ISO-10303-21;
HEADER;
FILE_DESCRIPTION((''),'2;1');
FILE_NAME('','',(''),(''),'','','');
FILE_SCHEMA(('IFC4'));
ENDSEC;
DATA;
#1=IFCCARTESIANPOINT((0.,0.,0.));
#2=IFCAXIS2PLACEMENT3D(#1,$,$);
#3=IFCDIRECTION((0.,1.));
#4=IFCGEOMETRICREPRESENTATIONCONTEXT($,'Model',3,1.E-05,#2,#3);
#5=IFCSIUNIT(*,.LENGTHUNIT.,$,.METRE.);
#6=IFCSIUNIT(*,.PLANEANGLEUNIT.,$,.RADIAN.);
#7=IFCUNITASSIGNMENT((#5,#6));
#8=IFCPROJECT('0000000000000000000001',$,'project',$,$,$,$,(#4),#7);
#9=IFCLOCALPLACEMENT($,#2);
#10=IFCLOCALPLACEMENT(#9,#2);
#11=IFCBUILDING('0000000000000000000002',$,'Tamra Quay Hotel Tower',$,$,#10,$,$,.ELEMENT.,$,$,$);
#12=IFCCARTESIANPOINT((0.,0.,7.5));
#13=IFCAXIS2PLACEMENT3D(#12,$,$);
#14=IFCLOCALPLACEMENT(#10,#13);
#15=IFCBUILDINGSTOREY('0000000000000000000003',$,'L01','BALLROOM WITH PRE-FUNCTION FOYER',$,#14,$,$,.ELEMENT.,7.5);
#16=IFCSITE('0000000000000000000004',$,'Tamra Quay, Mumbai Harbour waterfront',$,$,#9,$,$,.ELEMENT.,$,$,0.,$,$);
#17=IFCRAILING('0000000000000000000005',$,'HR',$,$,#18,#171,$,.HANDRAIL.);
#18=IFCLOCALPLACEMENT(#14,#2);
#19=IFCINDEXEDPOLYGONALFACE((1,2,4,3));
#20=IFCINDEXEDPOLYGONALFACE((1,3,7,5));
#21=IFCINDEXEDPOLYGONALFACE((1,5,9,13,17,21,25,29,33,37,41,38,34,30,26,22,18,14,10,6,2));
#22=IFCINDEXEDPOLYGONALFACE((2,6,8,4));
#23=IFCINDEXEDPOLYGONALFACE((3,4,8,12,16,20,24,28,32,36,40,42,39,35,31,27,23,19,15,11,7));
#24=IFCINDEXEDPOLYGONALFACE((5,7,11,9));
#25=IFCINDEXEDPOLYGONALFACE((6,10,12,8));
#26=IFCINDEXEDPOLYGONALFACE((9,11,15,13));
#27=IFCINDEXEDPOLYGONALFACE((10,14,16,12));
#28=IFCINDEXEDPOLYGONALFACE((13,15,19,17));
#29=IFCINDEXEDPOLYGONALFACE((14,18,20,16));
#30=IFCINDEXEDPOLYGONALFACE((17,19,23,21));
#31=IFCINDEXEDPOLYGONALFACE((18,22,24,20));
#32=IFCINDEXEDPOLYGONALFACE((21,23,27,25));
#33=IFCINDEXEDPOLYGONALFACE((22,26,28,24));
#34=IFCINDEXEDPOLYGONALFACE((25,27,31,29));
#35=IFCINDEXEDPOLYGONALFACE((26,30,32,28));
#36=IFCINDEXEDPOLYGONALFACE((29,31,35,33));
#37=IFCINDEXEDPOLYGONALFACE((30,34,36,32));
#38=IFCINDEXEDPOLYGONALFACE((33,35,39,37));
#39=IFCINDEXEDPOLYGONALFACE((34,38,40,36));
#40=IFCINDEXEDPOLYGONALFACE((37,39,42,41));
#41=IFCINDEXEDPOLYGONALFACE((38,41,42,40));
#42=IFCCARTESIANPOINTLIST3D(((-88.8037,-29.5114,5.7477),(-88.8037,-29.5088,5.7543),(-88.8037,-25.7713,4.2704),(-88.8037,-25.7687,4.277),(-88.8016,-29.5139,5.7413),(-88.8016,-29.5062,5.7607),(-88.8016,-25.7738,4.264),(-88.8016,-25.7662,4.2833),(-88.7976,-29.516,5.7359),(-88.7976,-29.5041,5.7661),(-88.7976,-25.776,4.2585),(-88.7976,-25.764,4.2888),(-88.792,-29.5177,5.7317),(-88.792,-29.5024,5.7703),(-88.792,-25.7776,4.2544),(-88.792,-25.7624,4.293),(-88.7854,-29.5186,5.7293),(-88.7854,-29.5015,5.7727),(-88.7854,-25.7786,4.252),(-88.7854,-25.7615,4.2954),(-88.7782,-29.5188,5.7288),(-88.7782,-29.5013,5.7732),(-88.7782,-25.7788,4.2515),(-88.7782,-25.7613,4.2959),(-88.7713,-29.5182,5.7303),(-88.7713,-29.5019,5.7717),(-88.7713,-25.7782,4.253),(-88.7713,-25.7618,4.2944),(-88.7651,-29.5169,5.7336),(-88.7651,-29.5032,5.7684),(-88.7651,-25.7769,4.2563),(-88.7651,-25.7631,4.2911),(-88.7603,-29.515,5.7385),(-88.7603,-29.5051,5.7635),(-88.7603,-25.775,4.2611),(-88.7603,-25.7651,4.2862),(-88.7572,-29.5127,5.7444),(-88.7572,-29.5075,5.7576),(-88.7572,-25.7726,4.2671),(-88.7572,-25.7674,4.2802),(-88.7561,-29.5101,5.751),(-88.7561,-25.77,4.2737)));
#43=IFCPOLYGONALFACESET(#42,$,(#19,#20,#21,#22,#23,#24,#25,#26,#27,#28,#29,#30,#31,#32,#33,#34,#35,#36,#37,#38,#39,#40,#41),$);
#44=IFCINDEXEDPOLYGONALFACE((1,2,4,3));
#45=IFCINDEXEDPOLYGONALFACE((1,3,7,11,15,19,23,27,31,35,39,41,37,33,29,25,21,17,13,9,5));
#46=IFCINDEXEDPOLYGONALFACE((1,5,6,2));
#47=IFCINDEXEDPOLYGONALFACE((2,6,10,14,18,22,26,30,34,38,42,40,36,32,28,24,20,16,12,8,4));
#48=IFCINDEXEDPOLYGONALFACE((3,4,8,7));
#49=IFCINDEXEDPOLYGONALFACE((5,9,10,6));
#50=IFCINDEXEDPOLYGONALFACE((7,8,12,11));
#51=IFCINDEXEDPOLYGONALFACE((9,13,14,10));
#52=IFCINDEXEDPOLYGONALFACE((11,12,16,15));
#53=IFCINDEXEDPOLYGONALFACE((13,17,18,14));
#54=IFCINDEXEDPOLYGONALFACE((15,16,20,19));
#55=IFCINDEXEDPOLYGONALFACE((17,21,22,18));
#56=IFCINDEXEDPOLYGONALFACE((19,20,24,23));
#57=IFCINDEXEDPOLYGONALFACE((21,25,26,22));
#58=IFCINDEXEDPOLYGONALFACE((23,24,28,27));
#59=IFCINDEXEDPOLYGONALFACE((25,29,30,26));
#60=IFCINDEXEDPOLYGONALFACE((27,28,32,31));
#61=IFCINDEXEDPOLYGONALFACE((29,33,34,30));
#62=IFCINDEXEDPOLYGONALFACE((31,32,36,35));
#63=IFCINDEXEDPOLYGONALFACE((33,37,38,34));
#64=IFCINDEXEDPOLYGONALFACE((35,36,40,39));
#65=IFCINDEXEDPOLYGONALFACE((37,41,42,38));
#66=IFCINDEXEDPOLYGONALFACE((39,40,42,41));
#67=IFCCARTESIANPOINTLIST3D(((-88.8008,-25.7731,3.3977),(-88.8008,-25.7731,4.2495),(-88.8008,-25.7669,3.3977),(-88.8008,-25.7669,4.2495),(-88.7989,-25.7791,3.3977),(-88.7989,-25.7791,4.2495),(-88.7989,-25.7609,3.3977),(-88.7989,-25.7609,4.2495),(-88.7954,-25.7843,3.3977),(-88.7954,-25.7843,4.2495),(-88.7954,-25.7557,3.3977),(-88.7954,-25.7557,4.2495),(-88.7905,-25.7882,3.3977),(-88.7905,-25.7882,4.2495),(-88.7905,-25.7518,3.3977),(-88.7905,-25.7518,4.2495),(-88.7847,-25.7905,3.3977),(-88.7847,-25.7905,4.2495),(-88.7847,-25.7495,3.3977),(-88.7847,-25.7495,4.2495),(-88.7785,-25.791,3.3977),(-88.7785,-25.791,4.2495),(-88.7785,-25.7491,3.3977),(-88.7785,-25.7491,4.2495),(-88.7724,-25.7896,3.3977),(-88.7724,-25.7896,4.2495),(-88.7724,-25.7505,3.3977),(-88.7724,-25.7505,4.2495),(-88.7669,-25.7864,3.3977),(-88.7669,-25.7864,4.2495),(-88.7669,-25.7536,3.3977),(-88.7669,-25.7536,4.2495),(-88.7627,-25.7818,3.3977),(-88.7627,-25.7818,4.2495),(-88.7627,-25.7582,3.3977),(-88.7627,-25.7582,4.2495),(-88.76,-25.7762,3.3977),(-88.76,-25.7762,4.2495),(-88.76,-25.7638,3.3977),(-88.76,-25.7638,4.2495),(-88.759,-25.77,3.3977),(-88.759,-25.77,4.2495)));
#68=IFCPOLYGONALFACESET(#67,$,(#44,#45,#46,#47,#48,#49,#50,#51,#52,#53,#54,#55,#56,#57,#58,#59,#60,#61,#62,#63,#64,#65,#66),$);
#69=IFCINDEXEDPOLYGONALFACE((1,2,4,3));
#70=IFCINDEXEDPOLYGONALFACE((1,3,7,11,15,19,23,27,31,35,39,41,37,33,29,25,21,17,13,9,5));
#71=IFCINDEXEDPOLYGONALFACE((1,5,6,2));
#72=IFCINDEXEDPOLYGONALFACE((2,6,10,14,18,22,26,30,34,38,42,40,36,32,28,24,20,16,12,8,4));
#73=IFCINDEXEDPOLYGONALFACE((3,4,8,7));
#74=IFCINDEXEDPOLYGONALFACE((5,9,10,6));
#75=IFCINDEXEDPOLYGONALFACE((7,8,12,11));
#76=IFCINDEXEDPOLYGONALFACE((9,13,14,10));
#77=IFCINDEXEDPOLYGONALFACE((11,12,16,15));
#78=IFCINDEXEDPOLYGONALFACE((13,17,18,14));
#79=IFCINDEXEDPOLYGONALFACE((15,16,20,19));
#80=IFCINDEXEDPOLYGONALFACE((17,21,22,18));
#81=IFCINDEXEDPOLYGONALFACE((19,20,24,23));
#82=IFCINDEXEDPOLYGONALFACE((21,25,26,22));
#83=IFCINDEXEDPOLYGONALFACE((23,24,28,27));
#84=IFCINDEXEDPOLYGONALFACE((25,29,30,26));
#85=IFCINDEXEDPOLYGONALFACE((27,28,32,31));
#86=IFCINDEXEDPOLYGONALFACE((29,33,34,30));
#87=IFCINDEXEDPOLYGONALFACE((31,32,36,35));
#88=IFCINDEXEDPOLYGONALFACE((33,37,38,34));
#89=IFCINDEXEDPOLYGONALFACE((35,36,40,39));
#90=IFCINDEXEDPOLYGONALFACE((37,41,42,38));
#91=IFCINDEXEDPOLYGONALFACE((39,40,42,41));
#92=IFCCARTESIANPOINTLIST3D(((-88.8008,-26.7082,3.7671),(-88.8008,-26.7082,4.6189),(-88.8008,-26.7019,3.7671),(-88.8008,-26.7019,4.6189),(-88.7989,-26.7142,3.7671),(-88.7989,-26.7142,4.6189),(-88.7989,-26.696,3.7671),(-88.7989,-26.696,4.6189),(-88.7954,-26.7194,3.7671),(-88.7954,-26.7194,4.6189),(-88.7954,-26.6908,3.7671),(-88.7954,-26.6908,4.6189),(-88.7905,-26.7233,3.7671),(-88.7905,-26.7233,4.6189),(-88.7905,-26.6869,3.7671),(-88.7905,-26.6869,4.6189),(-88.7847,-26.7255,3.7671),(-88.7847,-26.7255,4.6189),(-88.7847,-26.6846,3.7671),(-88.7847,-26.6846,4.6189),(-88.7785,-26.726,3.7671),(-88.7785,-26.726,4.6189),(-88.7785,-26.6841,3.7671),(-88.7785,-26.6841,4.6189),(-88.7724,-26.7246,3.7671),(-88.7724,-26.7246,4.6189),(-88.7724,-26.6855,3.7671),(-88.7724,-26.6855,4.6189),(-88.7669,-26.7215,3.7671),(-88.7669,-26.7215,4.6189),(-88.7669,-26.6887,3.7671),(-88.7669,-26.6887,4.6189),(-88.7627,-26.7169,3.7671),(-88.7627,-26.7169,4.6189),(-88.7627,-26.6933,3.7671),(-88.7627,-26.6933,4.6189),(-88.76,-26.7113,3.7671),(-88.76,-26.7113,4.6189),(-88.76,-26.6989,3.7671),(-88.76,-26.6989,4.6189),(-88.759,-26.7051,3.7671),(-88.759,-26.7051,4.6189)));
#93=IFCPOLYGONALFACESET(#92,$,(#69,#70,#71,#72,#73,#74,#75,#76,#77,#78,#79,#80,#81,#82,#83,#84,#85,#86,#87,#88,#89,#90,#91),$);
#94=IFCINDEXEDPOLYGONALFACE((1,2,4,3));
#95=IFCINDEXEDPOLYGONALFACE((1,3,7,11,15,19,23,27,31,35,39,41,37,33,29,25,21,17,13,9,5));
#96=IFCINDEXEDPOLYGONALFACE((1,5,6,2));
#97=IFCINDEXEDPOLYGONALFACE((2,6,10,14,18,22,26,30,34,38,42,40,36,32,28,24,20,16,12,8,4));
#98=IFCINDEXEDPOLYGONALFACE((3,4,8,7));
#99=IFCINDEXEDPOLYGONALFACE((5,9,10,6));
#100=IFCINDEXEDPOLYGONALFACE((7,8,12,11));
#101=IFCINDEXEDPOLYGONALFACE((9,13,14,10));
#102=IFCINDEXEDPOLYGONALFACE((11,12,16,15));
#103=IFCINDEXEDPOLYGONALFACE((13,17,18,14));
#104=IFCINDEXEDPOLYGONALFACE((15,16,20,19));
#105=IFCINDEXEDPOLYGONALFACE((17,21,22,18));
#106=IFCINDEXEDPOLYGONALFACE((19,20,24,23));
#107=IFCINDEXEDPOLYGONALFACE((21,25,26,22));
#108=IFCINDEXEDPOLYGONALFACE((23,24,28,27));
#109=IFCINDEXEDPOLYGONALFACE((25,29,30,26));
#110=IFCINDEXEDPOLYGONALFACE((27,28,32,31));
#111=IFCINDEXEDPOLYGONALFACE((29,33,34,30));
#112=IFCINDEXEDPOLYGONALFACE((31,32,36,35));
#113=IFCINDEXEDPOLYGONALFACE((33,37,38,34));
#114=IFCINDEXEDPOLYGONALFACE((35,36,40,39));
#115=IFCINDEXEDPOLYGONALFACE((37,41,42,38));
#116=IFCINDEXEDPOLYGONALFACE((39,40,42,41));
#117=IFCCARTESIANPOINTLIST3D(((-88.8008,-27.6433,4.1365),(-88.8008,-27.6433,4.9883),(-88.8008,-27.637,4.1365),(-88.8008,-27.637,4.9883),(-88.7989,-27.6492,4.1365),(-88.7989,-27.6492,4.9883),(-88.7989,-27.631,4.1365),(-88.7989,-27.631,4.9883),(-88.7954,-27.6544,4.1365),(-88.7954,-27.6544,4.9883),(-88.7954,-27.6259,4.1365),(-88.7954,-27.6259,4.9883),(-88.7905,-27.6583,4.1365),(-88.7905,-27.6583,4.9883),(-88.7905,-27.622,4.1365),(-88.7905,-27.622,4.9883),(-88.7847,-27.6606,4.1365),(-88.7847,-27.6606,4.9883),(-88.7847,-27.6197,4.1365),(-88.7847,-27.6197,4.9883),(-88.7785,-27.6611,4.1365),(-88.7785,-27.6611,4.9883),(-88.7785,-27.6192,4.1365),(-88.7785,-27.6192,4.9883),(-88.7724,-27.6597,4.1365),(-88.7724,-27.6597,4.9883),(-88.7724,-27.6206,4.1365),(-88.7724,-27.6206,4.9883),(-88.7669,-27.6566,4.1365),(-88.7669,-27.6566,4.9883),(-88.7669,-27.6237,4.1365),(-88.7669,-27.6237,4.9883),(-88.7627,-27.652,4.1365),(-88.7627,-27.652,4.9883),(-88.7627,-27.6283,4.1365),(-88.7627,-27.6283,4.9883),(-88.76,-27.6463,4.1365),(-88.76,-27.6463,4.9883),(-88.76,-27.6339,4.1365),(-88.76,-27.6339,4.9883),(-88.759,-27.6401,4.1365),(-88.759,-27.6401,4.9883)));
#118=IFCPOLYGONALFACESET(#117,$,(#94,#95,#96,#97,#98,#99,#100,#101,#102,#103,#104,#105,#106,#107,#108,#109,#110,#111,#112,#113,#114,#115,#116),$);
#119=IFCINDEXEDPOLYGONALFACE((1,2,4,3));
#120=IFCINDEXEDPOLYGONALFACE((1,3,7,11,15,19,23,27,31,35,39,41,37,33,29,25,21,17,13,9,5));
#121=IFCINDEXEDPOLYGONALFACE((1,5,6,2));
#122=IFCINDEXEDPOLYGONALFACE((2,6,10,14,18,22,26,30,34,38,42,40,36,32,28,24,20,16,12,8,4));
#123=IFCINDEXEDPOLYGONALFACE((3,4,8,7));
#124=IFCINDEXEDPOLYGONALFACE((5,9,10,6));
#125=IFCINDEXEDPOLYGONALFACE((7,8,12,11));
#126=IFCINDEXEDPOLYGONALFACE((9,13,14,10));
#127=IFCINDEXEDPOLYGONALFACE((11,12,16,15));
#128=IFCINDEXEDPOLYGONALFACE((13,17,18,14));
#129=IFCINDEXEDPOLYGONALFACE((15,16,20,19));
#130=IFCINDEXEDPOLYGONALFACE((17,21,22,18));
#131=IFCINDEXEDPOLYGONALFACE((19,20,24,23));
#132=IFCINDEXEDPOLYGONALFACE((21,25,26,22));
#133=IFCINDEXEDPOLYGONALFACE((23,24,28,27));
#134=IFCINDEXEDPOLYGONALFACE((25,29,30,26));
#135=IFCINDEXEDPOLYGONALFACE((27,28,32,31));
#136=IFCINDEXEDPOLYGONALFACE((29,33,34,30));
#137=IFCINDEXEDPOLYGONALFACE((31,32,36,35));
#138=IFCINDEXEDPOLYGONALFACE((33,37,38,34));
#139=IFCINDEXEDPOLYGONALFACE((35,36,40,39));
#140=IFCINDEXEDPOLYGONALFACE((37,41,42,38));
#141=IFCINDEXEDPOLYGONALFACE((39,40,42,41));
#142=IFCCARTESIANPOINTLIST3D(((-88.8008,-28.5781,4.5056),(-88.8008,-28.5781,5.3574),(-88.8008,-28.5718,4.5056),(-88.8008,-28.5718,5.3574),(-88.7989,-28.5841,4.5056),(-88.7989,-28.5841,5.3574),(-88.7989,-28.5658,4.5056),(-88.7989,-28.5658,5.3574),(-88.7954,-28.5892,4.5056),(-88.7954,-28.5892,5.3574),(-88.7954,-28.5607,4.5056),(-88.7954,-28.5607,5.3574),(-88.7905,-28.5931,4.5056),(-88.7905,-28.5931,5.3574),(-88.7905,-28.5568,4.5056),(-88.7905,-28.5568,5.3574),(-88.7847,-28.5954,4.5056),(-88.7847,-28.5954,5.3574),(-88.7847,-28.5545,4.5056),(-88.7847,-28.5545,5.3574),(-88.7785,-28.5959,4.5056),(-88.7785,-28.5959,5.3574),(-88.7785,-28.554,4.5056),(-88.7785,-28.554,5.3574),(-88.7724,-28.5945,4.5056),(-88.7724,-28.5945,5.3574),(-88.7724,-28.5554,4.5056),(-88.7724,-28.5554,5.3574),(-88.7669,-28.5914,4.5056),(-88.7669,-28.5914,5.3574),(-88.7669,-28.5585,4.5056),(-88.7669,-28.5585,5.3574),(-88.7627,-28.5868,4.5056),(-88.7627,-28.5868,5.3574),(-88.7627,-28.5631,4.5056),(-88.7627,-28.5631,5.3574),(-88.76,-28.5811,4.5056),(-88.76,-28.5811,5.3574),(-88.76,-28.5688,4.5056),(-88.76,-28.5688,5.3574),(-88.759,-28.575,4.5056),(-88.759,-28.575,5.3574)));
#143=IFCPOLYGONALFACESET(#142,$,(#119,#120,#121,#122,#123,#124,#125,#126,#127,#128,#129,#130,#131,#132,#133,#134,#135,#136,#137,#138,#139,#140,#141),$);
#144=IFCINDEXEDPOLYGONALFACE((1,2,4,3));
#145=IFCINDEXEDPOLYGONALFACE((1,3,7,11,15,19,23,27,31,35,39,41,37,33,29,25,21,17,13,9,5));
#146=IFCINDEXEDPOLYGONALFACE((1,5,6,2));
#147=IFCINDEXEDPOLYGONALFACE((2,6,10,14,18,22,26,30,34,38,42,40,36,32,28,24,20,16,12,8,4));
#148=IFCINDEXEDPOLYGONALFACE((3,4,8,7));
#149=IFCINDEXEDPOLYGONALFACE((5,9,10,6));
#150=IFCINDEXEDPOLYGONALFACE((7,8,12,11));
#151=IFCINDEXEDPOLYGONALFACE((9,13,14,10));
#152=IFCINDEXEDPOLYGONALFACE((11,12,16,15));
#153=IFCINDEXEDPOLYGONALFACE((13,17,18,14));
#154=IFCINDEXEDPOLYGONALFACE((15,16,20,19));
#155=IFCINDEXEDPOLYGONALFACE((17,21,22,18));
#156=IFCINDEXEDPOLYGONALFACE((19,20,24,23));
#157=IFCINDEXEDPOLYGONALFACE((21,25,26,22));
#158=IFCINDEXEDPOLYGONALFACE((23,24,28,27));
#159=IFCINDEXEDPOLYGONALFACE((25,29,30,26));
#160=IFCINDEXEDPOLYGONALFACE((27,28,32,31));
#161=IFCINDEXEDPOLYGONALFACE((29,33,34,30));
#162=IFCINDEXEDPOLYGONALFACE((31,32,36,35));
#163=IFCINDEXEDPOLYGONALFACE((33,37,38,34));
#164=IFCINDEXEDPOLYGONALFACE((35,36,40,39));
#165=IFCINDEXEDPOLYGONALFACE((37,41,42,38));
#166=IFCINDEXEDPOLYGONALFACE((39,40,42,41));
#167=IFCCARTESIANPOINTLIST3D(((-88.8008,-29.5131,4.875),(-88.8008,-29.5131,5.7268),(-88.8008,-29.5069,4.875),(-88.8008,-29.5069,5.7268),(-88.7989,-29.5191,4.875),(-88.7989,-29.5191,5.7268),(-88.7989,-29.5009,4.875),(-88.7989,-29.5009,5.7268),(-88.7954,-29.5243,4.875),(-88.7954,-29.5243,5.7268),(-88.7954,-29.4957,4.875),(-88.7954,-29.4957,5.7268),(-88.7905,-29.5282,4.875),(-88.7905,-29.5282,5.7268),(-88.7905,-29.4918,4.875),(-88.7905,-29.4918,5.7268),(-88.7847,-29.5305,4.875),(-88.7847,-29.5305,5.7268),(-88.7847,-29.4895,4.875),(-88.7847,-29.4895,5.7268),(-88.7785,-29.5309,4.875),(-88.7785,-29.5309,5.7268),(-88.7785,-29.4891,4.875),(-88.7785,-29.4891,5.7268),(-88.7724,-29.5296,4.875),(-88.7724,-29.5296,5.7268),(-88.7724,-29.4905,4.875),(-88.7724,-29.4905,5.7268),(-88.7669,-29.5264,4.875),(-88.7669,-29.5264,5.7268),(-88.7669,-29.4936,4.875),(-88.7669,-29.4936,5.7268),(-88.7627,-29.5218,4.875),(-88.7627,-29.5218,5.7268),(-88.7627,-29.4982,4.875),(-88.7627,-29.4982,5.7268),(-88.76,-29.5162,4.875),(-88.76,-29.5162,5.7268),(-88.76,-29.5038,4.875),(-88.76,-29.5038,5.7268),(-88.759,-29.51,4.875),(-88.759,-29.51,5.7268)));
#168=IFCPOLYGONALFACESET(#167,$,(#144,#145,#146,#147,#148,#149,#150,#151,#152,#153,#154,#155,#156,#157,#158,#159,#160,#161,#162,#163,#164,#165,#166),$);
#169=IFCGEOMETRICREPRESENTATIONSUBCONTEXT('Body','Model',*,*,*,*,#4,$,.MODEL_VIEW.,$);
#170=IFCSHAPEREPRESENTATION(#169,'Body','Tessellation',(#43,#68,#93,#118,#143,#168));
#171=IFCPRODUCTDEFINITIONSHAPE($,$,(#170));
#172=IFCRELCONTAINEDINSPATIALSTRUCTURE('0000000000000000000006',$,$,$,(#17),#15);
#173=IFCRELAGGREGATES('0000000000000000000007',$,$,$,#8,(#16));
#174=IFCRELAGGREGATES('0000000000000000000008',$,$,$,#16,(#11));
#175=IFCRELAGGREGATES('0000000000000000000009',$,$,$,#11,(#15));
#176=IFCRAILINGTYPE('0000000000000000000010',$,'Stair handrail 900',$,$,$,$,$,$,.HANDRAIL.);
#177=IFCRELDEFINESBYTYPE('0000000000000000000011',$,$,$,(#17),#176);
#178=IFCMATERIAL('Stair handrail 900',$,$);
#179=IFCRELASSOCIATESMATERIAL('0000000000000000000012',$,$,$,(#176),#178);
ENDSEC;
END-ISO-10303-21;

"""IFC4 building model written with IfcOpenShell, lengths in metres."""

from ifc_helpers import new_model, si_unit, direction, frame, origin, origin_2d, place, context, subcontext, project, spatial, circle, extrude, material, type_object, element, save


model = new_model("IFC4")

# Units and contexts
model_context = context("Model", 3, precision=1e-05, world=origin(), true_north=direction((0.0, 1.0)))
body_context = subcontext(model_context, "Body", "Model", "MODEL_VIEW")
ifc_project = project(units=[si_unit("LENGTHUNIT", "METRE"), si_unit("PLANEANGLEUNIT", "RADIAN")], contexts=[model_context])

# Site, building, storey
site_placement = place(None, origin())
site = spatial("IfcSite", under=ifc_project, at=site_placement, Name="Tamra Quay, Mumbai Harbour waterfront", CompositionType="ELEMENT", RefElevation=0.0)
building_placement = place(site_placement, origin())
building = spatial("IfcBuilding", under=site, at=building_placement, Name="Tamra Quay Hotel Tower", CompositionType="ELEMENT")
storey_placement = place(building_placement, frame((0.0, 0.0, 7.5)))
storey = spatial("IfcBuildingStorey", under=building, at=storey_placement, Name="L01", Description="BALLROOM WITH PRE-FUNCTION FOYER", CompositionType="ELEMENT", Elevation=7.5)

# Railing
ifc_material_1 = material(Name="Stair handrail 900")
railing_type_1 = type_object("IfcRailingType", Name="Stair handrail 900", PredefinedType="HANDRAIL", material=ifc_material_1)
for number, where, name in (
    (1, (-88.78, -25.77, 3.3977), "HR"),
):
    element("IfcRailing", number, at=place(storey_placement, frame(where)), inside=storey, type_object=railing_type_1, Name=name, PredefinedType="HANDRAIL", context=body_context, shape_type="SweptSolid", body=[
        extrude(circle(Radius=0.0239, at=origin_2d()), frame((0.0, 0.0, 0.876), z_axis=(0.0, -0.930072, 0.367378), x_axis=(1.0, 0.0, 0.0)), (0.0, 0.0, 1.0), 4.0212),
        extrude(circle(Radius=0.021, at=origin_2d()), origin(), (0.0, 0.0, 1.0), 0.8518),
        extrude(circle(Radius=0.021, at=origin_2d()), frame((0.0, -0.9351, 0.3694)), (0.0, 0.0, 1.0), 0.8518),
        extrude(circle(Radius=0.021, at=origin_2d()), frame((0.0, -1.8701, 0.7388)), (0.0, 0.0, 1.0), 0.8518),
        extrude(circle(Radius=0.021, at=origin_2d()), frame((0.0, -2.8049, 1.1079)), (0.0, 0.0, 1.0), 0.8518),
        extrude(circle(Radius=0.021, at=origin_2d()), frame((0.0, -3.74, 1.4773)), (0.0, 0.0, 1.0), 0.8518),
    ])

save(model, "model.ifc")
